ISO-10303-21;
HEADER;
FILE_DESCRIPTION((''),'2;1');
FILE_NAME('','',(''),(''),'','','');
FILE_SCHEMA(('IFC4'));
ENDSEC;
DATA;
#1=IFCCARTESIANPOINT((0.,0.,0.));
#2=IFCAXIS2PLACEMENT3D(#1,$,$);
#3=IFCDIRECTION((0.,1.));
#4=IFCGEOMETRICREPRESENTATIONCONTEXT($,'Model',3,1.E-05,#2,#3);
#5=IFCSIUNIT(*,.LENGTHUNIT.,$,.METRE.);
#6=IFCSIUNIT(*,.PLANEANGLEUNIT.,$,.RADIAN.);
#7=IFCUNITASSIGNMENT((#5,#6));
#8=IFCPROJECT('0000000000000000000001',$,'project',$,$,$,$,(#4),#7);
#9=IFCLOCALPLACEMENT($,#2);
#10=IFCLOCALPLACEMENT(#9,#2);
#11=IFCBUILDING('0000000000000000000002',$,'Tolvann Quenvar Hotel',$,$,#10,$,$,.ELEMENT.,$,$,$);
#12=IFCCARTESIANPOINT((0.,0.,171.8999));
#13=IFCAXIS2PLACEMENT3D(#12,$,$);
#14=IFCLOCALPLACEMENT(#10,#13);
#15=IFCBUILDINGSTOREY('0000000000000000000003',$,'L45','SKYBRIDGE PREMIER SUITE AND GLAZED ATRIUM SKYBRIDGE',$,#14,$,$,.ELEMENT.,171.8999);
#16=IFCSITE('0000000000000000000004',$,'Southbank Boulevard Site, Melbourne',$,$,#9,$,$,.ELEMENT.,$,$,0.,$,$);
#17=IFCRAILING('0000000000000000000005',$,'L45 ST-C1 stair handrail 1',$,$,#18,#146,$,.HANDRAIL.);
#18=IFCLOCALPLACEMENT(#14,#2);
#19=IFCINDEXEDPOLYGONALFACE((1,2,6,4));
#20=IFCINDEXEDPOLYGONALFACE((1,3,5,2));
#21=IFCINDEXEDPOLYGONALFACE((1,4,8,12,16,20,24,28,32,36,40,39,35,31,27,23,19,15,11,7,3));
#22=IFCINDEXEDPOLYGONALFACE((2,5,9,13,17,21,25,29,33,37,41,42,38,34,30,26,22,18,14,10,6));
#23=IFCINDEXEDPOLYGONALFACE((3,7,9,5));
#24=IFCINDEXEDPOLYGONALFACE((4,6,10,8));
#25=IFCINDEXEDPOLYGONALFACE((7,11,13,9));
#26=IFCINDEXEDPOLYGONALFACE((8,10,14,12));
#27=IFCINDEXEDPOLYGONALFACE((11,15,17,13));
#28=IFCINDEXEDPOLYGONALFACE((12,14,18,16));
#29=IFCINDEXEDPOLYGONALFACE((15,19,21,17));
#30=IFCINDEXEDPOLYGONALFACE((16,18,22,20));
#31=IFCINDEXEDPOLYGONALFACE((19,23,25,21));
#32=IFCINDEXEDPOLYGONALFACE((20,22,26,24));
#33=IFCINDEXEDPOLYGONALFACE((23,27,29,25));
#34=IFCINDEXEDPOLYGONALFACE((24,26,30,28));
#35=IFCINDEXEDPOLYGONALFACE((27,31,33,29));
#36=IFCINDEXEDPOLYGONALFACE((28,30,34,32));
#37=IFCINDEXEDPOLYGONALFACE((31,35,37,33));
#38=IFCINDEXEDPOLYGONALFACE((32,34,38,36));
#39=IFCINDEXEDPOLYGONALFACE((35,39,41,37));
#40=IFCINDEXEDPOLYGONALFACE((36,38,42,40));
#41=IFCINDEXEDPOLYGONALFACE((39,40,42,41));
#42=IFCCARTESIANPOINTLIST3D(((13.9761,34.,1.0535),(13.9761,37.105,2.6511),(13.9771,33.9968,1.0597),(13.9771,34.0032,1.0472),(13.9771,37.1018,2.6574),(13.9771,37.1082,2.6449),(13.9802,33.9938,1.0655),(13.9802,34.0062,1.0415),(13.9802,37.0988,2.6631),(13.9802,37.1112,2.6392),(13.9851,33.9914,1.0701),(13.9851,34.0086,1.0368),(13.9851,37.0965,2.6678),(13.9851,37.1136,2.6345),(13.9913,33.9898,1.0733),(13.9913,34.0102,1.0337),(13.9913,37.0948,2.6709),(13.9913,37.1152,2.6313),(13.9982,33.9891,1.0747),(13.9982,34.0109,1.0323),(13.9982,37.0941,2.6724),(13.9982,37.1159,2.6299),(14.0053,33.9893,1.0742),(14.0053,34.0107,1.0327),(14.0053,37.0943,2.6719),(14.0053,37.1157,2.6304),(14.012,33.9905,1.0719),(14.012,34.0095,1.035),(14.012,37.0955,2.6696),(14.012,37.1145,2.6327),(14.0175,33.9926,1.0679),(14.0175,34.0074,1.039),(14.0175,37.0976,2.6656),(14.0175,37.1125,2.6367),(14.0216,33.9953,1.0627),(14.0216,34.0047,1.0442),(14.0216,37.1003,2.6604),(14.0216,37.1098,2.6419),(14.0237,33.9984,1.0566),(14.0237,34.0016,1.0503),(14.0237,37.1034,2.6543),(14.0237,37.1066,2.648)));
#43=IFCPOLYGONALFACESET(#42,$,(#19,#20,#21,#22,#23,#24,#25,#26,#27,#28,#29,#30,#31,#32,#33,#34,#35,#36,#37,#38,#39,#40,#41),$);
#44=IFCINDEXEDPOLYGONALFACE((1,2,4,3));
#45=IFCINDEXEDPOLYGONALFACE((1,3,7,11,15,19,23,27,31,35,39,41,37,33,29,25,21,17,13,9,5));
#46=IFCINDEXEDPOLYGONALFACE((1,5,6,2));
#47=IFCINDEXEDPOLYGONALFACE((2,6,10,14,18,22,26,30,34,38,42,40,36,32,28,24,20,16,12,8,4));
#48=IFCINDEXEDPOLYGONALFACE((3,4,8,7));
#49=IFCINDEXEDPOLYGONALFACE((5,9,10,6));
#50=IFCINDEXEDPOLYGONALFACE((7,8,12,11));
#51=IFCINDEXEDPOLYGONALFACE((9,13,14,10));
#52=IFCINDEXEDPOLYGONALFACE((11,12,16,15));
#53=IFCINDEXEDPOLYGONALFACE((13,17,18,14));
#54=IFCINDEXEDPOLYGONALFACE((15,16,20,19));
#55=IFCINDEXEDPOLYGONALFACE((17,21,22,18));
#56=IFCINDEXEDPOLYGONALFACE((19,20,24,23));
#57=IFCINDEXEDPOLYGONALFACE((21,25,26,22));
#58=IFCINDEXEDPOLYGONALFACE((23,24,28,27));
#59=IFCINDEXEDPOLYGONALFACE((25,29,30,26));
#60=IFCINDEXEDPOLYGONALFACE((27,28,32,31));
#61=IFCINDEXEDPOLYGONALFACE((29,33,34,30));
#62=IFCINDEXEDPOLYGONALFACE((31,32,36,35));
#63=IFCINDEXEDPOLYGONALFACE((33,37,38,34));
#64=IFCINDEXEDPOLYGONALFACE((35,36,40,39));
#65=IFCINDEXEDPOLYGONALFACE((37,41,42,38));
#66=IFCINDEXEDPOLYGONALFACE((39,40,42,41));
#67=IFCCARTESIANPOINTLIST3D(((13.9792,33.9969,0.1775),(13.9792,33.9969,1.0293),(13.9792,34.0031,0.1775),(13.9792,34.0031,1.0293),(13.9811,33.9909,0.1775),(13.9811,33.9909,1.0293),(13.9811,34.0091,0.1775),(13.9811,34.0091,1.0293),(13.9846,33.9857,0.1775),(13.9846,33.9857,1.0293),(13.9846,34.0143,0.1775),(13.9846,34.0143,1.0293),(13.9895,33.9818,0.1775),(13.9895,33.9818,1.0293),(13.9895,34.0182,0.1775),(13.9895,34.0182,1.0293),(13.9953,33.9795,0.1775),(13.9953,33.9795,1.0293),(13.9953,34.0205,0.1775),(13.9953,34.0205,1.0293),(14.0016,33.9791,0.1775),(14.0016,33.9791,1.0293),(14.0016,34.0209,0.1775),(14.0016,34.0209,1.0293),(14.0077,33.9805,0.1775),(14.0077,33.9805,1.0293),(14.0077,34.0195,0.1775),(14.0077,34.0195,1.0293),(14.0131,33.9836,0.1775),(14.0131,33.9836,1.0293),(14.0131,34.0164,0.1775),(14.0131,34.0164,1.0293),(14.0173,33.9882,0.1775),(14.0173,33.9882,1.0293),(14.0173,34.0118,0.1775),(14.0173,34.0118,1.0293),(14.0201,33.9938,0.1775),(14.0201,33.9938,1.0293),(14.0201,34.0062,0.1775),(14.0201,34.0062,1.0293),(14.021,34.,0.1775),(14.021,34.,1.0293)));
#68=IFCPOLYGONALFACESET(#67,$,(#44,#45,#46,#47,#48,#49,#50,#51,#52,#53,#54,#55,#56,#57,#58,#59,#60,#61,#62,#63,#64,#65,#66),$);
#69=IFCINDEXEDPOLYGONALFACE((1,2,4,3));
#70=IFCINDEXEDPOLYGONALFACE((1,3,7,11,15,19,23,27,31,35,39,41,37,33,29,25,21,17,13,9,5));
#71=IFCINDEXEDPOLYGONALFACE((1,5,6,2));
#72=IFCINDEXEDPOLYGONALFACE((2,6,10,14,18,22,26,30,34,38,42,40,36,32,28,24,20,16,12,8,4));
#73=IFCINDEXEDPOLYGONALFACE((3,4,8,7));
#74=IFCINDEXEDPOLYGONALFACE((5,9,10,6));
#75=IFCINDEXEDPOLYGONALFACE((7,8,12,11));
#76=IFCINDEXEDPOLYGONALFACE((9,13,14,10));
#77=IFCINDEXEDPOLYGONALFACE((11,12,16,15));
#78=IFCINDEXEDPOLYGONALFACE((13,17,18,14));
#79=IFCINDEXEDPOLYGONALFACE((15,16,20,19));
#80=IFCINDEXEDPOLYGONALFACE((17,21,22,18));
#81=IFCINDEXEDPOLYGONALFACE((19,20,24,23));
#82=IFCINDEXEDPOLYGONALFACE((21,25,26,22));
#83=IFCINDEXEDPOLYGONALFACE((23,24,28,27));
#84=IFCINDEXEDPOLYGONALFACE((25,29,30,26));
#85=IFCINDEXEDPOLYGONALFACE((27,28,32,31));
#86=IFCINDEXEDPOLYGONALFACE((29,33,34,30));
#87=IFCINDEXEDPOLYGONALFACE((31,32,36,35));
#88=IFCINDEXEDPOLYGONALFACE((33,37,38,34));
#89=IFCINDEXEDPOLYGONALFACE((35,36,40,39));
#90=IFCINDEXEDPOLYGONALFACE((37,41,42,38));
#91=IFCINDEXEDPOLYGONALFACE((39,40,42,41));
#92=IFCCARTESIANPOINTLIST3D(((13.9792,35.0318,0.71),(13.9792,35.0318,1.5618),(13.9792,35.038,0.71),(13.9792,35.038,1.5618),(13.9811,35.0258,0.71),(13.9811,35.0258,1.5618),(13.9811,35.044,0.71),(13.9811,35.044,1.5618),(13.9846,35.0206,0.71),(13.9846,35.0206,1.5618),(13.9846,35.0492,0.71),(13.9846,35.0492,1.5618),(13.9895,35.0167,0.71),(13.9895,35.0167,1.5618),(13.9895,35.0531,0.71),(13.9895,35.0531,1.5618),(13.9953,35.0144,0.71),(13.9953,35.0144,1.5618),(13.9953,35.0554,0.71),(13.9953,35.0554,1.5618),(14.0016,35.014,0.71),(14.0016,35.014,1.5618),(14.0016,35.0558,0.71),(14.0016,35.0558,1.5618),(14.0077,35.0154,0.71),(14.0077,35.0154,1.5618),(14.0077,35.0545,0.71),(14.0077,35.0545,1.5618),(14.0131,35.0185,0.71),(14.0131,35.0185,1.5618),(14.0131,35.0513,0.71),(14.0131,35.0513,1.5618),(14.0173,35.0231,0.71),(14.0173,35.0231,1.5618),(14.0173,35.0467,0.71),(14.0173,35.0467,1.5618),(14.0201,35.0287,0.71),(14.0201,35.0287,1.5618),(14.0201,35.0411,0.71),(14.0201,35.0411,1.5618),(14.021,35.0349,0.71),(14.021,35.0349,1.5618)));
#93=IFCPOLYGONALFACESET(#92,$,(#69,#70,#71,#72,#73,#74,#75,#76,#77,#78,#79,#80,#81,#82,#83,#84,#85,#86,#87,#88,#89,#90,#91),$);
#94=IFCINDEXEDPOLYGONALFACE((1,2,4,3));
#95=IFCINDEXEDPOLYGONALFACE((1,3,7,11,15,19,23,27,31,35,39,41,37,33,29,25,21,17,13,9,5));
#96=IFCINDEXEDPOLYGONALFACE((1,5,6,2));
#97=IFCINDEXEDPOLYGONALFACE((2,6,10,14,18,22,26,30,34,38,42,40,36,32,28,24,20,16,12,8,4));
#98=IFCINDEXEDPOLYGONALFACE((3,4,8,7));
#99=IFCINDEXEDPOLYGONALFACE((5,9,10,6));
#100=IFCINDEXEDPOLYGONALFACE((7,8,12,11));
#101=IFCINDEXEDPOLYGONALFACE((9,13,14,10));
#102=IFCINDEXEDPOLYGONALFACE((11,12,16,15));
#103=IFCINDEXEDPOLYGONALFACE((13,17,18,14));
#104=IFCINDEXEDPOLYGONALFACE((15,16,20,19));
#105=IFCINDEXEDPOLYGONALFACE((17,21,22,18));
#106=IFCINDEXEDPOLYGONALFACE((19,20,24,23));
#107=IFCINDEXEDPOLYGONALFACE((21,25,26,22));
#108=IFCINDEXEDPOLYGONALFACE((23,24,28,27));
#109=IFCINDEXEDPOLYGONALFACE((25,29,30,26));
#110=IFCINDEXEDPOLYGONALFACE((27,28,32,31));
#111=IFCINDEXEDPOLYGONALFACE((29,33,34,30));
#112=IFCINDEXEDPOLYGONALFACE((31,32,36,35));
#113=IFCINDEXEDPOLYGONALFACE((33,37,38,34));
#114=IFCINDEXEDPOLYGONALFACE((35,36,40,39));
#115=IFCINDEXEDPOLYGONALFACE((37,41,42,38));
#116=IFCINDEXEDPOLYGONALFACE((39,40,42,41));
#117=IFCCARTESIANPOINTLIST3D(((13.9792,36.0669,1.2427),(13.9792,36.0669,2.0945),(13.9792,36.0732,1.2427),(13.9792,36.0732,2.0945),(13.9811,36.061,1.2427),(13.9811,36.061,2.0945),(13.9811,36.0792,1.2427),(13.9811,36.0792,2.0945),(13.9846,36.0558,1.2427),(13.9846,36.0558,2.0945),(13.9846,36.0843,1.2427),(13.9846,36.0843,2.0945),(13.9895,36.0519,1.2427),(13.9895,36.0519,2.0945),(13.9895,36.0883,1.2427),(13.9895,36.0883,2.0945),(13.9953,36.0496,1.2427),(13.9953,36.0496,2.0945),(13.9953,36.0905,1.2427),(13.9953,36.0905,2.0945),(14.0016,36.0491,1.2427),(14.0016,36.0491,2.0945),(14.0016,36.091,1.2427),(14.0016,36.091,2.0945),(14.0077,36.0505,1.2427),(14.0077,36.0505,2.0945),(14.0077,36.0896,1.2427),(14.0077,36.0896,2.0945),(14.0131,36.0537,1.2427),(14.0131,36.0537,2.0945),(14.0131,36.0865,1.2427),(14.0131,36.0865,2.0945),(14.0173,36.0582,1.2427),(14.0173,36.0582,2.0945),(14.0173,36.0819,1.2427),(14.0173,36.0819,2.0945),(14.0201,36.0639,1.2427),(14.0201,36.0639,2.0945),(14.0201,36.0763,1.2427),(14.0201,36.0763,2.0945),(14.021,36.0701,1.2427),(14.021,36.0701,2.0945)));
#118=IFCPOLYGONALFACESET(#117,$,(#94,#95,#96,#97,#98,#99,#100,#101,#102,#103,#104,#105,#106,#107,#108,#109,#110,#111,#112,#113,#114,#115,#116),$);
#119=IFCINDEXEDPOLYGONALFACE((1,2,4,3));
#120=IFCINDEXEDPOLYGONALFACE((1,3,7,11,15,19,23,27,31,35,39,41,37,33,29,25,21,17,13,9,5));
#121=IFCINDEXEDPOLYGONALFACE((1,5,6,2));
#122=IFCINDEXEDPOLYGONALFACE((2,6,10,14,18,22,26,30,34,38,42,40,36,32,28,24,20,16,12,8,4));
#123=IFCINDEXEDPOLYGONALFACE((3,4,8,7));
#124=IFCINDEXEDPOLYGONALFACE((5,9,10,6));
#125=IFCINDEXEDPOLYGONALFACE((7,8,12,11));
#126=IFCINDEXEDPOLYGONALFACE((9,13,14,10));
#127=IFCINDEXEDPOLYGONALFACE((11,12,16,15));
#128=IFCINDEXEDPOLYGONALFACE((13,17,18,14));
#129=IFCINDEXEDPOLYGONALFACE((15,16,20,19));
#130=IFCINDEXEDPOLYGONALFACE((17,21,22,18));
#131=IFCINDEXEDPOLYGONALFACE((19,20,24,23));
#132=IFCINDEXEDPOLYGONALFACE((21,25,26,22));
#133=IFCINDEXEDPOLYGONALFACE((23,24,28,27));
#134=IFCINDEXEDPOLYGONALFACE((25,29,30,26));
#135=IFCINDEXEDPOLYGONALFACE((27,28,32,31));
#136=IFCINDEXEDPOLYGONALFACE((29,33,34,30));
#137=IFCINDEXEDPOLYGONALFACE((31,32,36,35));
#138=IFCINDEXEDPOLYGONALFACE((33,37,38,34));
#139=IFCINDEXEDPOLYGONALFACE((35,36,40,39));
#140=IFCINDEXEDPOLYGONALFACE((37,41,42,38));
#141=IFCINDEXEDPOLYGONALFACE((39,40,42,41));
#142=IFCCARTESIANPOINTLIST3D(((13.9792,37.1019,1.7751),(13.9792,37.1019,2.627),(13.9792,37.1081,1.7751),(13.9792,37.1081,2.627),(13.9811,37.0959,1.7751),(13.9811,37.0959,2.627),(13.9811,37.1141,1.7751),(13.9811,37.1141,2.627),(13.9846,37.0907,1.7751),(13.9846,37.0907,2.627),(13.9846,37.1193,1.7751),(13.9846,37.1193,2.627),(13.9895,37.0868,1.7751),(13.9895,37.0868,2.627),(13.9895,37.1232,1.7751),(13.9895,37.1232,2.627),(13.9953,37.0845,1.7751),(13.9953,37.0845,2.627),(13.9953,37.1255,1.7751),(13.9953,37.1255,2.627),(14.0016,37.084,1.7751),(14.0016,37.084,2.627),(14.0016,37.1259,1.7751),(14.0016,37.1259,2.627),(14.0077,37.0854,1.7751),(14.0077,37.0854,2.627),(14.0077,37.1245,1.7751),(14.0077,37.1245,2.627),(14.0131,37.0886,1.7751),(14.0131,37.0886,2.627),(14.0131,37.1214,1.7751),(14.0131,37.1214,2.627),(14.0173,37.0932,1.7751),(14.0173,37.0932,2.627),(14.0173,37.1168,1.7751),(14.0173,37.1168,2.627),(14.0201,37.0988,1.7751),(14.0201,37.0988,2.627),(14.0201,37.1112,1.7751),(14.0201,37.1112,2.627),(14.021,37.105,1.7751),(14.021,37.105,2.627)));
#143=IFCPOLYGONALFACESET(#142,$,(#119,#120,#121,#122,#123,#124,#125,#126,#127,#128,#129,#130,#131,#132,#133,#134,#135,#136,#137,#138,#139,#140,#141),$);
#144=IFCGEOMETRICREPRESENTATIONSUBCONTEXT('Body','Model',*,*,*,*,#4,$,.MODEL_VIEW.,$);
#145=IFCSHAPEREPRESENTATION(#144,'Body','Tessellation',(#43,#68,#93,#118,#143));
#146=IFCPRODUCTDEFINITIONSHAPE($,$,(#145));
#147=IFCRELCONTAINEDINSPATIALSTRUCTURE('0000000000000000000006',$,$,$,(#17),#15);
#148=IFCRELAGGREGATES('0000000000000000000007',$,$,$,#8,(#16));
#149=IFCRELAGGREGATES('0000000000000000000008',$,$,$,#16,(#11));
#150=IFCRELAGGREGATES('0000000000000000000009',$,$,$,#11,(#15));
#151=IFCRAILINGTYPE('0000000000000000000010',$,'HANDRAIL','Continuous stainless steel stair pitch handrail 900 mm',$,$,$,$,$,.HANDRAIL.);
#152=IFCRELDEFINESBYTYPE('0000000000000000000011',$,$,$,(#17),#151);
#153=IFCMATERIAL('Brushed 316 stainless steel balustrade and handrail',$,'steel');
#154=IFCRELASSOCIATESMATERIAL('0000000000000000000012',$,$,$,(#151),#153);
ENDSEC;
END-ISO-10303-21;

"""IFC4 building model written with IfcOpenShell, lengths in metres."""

from ifc_helpers import new_model, si_unit, direction, frame, origin, origin_2d, place, context, subcontext, project, spatial, circle, extrude, material, type_object, element, save


model = new_model("IFC4")

# Units and contexts
model_context = context("Model", 3, precision=1e-05, world=origin(), true_north=direction((0.0, 1.0)))
body_context = subcontext(model_context, "Body", "Model", "MODEL_VIEW")
ifc_project = project(units=[si_unit("LENGTHUNIT", "METRE"), si_unit("PLANEANGLEUNIT", "RADIAN")], contexts=[model_context])

# Site, building, storey
site_placement = place(None, origin())
site = spatial("IfcSite", under=ifc_project, at=site_placement, Name="Southbank Boulevard Site, Melbourne", CompositionType="ELEMENT", RefElevation=0.0)
building_placement = place(site_placement, origin())
building = spatial("IfcBuilding", under=site, at=building_placement, Name="Tolvann Quenvar Hotel", CompositionType="ELEMENT")
storey_placement = place(building_placement, frame((0.0, 0.0, 171.8999)))
storey = spatial("IfcBuildingStorey", under=building, at=storey_placement, Name="L45", Description="SKYBRIDGE PREMIER SUITE AND GLAZED ATRIUM SKYBRIDGE", CompositionType="ELEMENT", Elevation=171.8999)

# Railing
ifc_material_1 = material(Name="Brushed 316 stainless steel balustrade and handrail", Category="steel")
railing_type = type_object("IfcRailingType", Name="HANDRAIL", Description="Continuous stainless steel stair pitch handrail 900 mm", PredefinedType="HANDRAIL", material=ifc_material_1)
railing_placement = place(storey_placement, frame((14.0, 34.0, 0.1775)))
element("IfcRailing", 1, at=railing_placement, inside=storey, type_object=railing_type, Name="L45 ST-C1 stair handrail 1", PredefinedType="HANDRAIL", context=body_context, shape_type="SweptSolid", body=[
    extrude(circle(Radius=0.0239, at=origin_2d()), frame((0.0, 0.0, 0.876), z_axis=(0.0, 0.889194, 0.457531), x_axis=(-1.0, 0.0, 0.0)), (0.0, 0.0, 1.0), 3.4919),
    extrude(circle(Radius=0.021, at=origin_2d()), origin(), (0.0, 0.0, 1.0), 0.8518),
    extrude(circle(Radius=0.021, at=origin_2d()), frame((0.0, 1.0349, 0.5325)), (0.0, 0.0, 1.0), 0.8518),
    extrude(circle(Radius=0.021, at=origin_2d()), frame((0.0, 2.0701, 1.0652)), (0.0, 0.0, 1.0), 0.8518),
    extrude(circle(Radius=0.021, at=origin_2d()), frame((0.0, 3.105, 1.5977)), (0.0, 0.0, 1.0), 0.8518),
])

save(model, "model.ifc")
